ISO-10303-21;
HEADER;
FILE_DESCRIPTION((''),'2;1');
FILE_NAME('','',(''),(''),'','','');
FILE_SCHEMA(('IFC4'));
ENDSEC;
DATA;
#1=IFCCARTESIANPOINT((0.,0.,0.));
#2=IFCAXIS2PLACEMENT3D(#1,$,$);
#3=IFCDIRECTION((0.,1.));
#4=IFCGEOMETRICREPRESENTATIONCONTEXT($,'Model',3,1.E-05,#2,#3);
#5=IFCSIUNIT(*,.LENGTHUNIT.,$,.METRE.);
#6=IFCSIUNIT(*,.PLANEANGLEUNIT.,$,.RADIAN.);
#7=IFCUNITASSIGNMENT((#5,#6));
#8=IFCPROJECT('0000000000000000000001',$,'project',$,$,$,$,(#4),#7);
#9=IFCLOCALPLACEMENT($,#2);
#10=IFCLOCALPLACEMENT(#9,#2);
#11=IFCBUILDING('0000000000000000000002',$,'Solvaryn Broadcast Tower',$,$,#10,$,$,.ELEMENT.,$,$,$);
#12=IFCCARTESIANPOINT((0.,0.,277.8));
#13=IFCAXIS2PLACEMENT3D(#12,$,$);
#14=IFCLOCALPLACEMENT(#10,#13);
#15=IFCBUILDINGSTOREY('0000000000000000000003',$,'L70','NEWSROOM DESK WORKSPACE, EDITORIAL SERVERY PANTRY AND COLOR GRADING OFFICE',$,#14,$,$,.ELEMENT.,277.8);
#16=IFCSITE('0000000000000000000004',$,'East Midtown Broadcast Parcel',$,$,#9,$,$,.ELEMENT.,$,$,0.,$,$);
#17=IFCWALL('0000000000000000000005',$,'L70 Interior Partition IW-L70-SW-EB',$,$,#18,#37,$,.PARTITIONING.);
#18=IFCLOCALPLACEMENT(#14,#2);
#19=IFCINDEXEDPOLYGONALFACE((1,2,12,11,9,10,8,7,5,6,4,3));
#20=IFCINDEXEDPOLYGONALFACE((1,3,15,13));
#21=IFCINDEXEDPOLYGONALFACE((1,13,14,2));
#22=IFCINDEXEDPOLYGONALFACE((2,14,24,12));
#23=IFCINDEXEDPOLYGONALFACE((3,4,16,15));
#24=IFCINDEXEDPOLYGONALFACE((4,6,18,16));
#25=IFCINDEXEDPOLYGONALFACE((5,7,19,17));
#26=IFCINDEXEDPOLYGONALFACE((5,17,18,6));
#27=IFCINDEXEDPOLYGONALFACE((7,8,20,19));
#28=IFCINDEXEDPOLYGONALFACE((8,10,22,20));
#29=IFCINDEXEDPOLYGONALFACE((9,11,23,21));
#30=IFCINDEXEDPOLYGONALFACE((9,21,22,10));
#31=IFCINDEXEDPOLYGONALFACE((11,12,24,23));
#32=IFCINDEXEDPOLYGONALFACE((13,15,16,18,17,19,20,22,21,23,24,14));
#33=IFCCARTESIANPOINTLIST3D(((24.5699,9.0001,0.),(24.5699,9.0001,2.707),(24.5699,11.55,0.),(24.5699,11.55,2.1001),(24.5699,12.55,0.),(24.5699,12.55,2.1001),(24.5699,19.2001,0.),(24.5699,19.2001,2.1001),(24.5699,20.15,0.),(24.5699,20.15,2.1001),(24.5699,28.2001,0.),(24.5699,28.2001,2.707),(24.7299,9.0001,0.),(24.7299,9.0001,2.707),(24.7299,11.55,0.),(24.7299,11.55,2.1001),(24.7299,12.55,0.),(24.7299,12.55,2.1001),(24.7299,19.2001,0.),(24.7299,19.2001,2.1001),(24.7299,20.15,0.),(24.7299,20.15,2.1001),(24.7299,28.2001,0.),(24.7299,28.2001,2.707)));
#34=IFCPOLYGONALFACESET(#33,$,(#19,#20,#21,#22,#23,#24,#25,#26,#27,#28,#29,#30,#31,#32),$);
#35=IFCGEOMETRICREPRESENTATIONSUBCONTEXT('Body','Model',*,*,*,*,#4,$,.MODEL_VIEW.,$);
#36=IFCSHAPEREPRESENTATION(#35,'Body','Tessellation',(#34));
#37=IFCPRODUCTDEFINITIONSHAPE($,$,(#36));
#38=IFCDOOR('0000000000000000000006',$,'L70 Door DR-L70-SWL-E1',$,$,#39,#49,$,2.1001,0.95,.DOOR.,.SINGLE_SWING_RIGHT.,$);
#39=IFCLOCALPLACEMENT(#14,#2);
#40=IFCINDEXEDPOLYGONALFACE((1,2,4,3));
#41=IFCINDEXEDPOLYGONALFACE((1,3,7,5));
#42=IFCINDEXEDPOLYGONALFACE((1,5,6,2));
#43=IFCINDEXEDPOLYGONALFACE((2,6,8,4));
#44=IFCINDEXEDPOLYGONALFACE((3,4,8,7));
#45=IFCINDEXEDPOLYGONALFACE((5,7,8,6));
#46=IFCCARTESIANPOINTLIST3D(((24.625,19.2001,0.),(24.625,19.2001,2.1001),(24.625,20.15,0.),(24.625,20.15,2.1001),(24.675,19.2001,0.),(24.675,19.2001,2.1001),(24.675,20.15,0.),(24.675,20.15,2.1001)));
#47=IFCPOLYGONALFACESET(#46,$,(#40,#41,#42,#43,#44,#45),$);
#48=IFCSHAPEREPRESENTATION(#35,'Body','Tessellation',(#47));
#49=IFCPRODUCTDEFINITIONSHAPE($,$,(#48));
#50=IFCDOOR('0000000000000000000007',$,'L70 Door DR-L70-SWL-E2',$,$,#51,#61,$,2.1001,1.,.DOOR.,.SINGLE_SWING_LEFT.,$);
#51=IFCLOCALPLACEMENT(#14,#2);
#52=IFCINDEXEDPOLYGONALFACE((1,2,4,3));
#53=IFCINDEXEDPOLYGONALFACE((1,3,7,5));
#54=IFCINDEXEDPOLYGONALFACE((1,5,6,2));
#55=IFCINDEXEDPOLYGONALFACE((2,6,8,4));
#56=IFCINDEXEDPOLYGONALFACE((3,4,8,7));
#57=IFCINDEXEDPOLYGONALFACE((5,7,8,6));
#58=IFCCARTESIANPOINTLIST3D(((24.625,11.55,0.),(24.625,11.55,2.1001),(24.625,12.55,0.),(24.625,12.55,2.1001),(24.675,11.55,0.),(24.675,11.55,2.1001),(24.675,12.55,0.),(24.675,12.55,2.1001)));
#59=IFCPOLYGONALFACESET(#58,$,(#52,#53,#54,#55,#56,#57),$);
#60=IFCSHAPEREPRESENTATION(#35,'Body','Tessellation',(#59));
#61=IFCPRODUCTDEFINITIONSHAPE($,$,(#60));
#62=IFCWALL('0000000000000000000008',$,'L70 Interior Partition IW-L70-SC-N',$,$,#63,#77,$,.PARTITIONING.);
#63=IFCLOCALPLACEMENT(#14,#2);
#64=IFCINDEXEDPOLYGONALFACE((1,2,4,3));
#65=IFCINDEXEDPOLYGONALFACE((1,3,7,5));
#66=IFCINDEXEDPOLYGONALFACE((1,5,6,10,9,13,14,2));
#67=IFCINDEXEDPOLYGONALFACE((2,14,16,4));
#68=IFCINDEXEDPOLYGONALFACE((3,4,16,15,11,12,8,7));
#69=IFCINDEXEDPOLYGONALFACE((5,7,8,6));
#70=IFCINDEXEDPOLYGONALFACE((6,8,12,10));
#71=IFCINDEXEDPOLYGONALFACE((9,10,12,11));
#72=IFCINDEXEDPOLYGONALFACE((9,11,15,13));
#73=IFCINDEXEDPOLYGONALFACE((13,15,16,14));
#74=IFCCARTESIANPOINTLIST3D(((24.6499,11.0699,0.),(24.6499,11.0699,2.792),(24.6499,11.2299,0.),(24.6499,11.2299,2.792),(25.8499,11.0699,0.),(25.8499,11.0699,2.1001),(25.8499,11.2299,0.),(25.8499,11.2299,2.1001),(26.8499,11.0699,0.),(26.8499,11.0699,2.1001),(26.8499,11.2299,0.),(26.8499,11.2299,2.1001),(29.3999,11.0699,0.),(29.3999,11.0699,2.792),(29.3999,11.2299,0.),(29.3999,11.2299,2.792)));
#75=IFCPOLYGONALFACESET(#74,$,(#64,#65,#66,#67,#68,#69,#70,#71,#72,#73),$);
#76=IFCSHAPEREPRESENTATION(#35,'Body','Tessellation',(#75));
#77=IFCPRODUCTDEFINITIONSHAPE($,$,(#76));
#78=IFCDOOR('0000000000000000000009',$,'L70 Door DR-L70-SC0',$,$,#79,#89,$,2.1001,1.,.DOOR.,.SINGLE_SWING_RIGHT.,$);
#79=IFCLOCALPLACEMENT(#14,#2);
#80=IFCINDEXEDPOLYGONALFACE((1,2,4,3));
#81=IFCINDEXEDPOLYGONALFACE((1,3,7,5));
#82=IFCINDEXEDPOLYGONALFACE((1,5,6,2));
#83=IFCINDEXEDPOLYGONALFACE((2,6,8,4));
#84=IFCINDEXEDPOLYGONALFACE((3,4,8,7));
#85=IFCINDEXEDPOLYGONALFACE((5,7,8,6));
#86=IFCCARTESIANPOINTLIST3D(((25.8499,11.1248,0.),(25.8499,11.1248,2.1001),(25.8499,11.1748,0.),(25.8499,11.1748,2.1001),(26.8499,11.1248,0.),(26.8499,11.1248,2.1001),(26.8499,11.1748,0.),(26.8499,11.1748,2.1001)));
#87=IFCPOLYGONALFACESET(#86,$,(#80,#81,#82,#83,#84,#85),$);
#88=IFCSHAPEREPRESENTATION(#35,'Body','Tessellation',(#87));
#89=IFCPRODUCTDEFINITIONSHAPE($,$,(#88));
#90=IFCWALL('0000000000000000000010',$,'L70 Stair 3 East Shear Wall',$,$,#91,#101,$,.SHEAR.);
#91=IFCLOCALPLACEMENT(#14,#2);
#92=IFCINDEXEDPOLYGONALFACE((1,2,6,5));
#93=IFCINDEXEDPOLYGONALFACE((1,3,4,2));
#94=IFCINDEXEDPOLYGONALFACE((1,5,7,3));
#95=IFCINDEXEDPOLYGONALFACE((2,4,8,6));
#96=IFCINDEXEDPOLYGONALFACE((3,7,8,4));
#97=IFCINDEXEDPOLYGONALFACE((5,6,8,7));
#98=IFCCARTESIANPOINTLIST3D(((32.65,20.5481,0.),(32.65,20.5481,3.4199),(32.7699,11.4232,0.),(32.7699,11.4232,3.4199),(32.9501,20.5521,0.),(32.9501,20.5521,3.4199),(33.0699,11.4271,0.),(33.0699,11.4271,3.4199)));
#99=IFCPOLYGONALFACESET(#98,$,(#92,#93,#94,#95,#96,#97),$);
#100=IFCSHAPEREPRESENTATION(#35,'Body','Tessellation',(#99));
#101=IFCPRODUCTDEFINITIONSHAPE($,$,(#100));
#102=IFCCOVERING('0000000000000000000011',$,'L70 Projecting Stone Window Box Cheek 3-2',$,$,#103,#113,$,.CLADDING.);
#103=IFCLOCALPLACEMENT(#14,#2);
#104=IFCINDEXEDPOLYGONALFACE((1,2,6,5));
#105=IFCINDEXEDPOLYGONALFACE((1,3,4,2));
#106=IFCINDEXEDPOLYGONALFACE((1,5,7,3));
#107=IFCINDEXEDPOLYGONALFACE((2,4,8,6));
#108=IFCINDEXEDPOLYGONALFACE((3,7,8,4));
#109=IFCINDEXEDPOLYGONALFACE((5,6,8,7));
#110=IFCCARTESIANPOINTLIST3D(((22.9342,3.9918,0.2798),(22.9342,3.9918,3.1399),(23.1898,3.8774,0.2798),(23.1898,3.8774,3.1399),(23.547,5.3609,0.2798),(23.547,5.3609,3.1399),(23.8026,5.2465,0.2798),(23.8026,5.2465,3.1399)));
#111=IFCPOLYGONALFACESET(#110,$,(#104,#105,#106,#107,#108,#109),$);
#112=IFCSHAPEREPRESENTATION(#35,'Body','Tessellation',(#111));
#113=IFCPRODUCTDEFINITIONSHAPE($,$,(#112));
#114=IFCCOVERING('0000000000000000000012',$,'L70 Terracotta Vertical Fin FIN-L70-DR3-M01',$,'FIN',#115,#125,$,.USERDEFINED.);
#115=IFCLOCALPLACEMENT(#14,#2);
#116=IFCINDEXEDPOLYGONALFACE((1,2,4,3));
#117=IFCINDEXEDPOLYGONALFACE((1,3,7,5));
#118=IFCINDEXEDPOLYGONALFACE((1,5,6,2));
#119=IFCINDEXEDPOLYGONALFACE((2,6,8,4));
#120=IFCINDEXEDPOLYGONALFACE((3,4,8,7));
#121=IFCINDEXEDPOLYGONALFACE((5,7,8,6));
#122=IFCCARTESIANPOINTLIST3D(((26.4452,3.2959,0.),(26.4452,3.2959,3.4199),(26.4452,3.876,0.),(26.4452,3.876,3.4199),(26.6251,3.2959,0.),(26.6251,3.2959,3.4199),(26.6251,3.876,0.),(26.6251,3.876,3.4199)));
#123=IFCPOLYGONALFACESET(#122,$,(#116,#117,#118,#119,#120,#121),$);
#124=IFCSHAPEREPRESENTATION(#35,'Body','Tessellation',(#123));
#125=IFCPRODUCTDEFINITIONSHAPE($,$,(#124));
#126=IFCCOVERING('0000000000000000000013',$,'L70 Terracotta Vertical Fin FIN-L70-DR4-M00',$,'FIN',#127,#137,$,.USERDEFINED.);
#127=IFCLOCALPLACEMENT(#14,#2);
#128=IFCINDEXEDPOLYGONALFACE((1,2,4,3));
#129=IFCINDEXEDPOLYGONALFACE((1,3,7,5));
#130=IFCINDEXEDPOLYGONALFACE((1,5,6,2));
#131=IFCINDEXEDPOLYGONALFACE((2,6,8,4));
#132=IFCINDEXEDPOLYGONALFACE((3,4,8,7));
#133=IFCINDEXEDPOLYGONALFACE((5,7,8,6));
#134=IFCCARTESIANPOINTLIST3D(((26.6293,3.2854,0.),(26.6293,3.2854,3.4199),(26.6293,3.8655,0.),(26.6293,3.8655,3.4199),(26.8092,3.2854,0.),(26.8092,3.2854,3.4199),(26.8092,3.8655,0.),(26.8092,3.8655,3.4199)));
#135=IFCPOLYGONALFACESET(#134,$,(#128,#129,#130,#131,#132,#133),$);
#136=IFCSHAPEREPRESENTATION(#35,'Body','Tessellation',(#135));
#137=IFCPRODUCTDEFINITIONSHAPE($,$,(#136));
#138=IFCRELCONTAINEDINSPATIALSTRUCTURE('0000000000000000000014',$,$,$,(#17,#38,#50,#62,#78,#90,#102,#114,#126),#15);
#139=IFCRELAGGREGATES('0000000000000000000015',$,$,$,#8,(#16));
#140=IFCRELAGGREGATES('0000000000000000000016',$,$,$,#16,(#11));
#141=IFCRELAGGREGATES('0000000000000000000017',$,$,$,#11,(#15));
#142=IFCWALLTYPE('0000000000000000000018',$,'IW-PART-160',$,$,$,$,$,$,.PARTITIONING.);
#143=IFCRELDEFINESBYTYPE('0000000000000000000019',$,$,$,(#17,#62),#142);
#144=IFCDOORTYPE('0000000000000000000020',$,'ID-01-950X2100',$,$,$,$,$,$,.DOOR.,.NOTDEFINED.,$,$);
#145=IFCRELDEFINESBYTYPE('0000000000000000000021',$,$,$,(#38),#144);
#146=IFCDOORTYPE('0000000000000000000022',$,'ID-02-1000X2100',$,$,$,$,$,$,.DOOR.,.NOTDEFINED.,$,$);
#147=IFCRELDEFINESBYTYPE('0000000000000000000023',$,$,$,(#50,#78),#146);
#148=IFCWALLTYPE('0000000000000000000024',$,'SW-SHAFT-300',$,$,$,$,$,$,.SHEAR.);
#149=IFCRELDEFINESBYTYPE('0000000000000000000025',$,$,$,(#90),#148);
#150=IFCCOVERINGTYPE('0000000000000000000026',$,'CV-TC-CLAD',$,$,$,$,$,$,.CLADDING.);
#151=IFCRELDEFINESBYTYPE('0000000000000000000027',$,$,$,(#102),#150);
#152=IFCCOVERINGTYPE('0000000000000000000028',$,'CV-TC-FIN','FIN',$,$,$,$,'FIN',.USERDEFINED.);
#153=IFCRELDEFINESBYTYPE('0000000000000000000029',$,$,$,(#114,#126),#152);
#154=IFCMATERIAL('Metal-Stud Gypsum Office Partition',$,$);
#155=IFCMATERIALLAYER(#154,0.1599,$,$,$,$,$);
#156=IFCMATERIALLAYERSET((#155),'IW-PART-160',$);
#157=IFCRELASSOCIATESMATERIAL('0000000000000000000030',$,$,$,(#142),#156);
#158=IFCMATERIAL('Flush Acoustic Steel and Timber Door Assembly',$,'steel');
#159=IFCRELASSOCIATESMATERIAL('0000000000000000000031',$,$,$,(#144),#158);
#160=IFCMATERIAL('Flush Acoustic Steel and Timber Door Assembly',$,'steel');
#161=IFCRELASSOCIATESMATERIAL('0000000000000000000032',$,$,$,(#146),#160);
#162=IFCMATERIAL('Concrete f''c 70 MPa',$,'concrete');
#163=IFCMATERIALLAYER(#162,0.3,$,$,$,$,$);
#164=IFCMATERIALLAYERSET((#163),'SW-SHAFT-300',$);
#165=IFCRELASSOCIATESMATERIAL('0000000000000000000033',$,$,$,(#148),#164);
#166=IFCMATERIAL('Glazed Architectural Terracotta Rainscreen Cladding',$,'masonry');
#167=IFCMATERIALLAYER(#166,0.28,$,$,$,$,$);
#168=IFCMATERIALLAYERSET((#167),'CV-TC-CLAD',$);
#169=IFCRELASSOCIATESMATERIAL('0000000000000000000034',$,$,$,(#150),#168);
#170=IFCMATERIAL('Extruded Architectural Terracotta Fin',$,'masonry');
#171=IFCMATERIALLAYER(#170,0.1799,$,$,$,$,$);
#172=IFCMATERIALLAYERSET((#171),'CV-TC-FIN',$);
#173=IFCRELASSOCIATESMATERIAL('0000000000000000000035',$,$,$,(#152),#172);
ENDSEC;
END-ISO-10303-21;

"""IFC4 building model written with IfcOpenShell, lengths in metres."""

from ifc_helpers import new_model, si_unit, direction, frame, frame_2d, origin, origin_2d, place, context, subcontext, project, spatial, rectangle, extrude, material, layer, layer_set, type_object, element, fill, save


model = new_model("IFC4")

# Units and contexts
model_context = context("Model", 3, precision=1e-05, world=origin(), true_north=direction((0.0, 1.0)))
body_context = subcontext(model_context, "Body", "Model", "MODEL_VIEW")
ifc_project = project(units=[si_unit("LENGTHUNIT", "METRE"), si_unit("PLANEANGLEUNIT", "RADIAN")], contexts=[model_context])

# Site, building, storey
site_placement = place(None, origin())
site = spatial("IfcSite", under=ifc_project, at=site_placement, Name="East Midtown Broadcast Parcel", CompositionType="ELEMENT", RefElevation=0.0)
building_placement = place(site_placement, origin())
building = spatial("IfcBuilding", under=site, at=building_placement, Name="Solvaryn Broadcast Tower", CompositionType="ELEMENT")
storey_placement = place(building_placement, frame((0.0, 0.0, 277.8)))
storey = spatial("IfcBuildingStorey", under=building, at=storey_placement, Name="L70", Description="NEWSROOM DESK WORKSPACE, EDITORIAL SERVERY PANTRY AND COLOR GRADING OFFICE", CompositionType="ELEMENT", Elevation=277.8)

# Wall, openings, doors
ifc_material_1 = material(Name="Metal-Stud Gypsum Office Partition")
ifc_layer_1 = layer(ifc_material_1, 0.1599)
ifc_layer_set_1 = layer_set([ifc_layer_1], Name="IW-PART-160")
wall_type_1 = type_object("IfcWallType", Name="IW-PART-160", PredefinedType="PARTITIONING", material=ifc_layer_set_1)
wall_1_placement = place(storey_placement, frame((24.6499, 9.0, 0.0), z_axis=(0.0, 0.0, 1.0), x_axis=(0.0, 1.0, 0.0)))
wall_1 = element("IfcWall", 1, at=wall_1_placement, inside=storey, type_object=wall_type_1, Name="L70 Interior Partition IW-L70-SW-EB", PredefinedType="PARTITIONING", context=body_context, shape_type="SweptSolid", body=[
    extrude(rectangle(XDim=19.2, YDim=0.1599, at=frame_2d((9.6001, 0.0))), origin(), (0.0, 0.0, 1.0), 2.707),
])
opening_1_placement = place(wall_1_placement, frame((10.2, 0.0, 0.0)))
opening_1 = element("IfcOpeningElement", 2, at=opening_1_placement, cuts=wall_1, PredefinedType="OPENING", context=body_context, shape_type="SweptSolid", body=[
    extrude(rectangle(XDim=0.95, YDim=2.1001, at=frame_2d((0.4751, 1.05))), frame((0.0, 0.0901, 0.0), z_axis=(0.0, -1.0, 0.0), x_axis=(1.0, 0.0, 0.0)), (0.0, 0.0, 1.0), 0.1799),
])
opening_2_placement = place(wall_1_placement, frame((2.55, 0.0, 0.0)))
opening_2 = element("IfcOpeningElement", 3, at=opening_2_placement, cuts=wall_1, PredefinedType="OPENING", context=body_context, shape_type="SweptSolid", body=[
    extrude(rectangle(XDim=1.0, YDim=2.1001, at=frame_2d((0.5, 1.05))), frame((0.0, 0.0901, 0.0), z_axis=(0.0, -1.0, 0.0), x_axis=(1.0, 0.0, 0.0)), (0.0, 0.0, 1.0), 0.1799),
])
ifc_material_2 = material(Name="Flush Acoustic Steel and Timber Door Assembly", Category="steel")
door_type_1 = type_object("IfcDoorType", Name="ID-01-950X2100", OperationType="NOTDEFINED", PredefinedType="DOOR", material=ifc_material_2)
door_1_placement = place(opening_1_placement, origin())
door_1 = element("IfcDoor", 4, at=door_1_placement, inside=storey, type_object=door_type_1, Name="L70 Door DR-L70-SWL-E1", OperationType="SINGLE_SWING_RIGHT", OverallHeight=2.1001, OverallWidth=0.95, PredefinedType="DOOR", context=body_context, shape_type="SweptSolid", body=[
    extrude(rectangle(XDim=0.95, YDim=2.1001, at=frame_2d((0.4751, 1.05))), frame((0.0, 0.0249, 0.0), z_axis=(0.0, -1.0, 0.0), x_axis=(1.0, 0.0, 0.0)), (0.0, 0.0, 1.0), 0.05),
])
fill(opening_1, door_1)
ifc_material_3 = material(Name="Flush Acoustic Steel and Timber Door Assembly", Category="steel")
door_type_2 = type_object("IfcDoorType", Name="ID-02-1000X2100", OperationType="NOTDEFINED", PredefinedType="DOOR", material=ifc_material_3)
door_2_placement = place(opening_2_placement, origin())
door_2 = element("IfcDoor", 5, at=door_2_placement, inside=storey, type_object=door_type_2, Name="L70 Door DR-L70-SWL-E2", OperationType="SINGLE_SWING_LEFT", OverallHeight=2.1001, OverallWidth=1.0, PredefinedType="DOOR", context=body_context, shape_type="SweptSolid", body=[
    extrude(rectangle(XDim=1.0, YDim=2.1001, at=frame_2d((0.5, 1.05))), frame((0.0, 0.0249, 0.0), z_axis=(0.0, -1.0, 0.0), x_axis=(1.0, 0.0, 0.0)), (0.0, 0.0, 1.0), 0.05),
])
fill(opening_2, door_2)

# Wall, opening, door
wall_2_placement = place(storey_placement, frame((24.6499, 11.1499, 0.0), z_axis=(0.0, 0.0, 1.0), x_axis=(1.0, 0.0, 0.0)))
wall_2 = element("IfcWall", 6, at=wall_2_placement, inside=storey, type_object=wall_type_1, Name="L70 Interior Partition IW-L70-SC-N", PredefinedType="PARTITIONING", context=body_context, shape_type="SweptSolid", body=[
    extrude(rectangle(XDim=4.75, YDim=0.1599, at=frame_2d((2.375, 0.0))), origin(), (0.0, 0.0, 1.0), 2.792),
])
opening_3_placement = place(wall_2_placement, frame((1.2, 0.0, 0.0)))
opening_3 = element("IfcOpeningElement", 7, at=opening_3_placement, cuts=wall_2, PredefinedType="OPENING", context=body_context, shape_type="SweptSolid", body=[
    extrude(rectangle(XDim=1.0, YDim=2.1001, at=frame_2d((0.5, 1.05))), frame((0.0, 0.0901, 0.0), z_axis=(0.0, -1.0, 0.0), x_axis=(1.0, 0.0, 0.0)), (0.0, 0.0, 1.0), 0.1799),
])
door_3_placement = place(opening_3_placement, origin())
door_3 = element("IfcDoor", 8, at=door_3_placement, inside=storey, type_object=door_type_2, Name="L70 Door DR-L70-SC0", OperationType="SINGLE_SWING_RIGHT", OverallHeight=2.1001, OverallWidth=1.0, PredefinedType="DOOR", context=body_context, shape_type="SweptSolid", body=[
    extrude(rectangle(XDim=1.0, YDim=2.1001, at=frame_2d((0.5, 1.05))), frame((0.0, 0.0249, 0.0), z_axis=(0.0, -1.0, 0.0), x_axis=(1.0, 0.0, 0.0)), (0.0, 0.0, 1.0), 0.05),
])
fill(opening_3, door_3)

# Wall
ifc_material_4 = material(Name="Concrete f'c 70 MPa", Category="concrete")
ifc_layer_2 = layer(ifc_material_4, 0.3)
ifc_layer_set_2 = layer_set([ifc_layer_2], Name="SW-SHAFT-300")
wall_type_2 = type_object("IfcWallType", Name="SW-SHAFT-300", PredefinedType="SHEAR", material=ifc_layer_set_2)
wall_3_placement = place(storey_placement, frame((32.9199, 11.425, 0.0), z_axis=(0.0, 0.0, 1.0), x_axis=(-0.013136, 0.999914, 0.0)))
element("IfcWall", 9, at=wall_3_placement, inside=storey, type_object=wall_type_2, Name="L70 Stair 3 East Shear Wall", PredefinedType="SHEAR", context=body_context, shape_type="SweptSolid", body=[
    extrude(rectangle(XDim=9.1257, YDim=0.3, at=frame_2d((4.563, 0.0))), origin(), (0.0, 0.0, 1.0), 3.4199),
])

# Coverings
ifc_material_5 = material(Name="Glazed Architectural Terracotta Rainscreen Cladding", Category="masonry")
ifc_layer_3 = layer(ifc_material_5, 0.28)
ifc_layer_set_3 = layer_set([ifc_layer_3], Name="CV-TC-CLAD")
covering_type_1 = type_object("IfcCoveringType", Name="CV-TC-CLAD", PredefinedType="CLADDING", material=ifc_layer_set_3)
covering_placement = place(storey_placement, frame((23.3684, 4.6191, 0.2798), z_axis=(0.0, 0.0, 1.0), x_axis=(0.912763, -0.40849, 0.0)))
element("IfcCovering", 10, at=covering_placement, inside=storey, type_object=covering_type_1, Name="L70 Projecting Stone Window Box Cheek 3-2", PredefinedType="CLADDING", context=body_context, shape_type="SweptSolid", body=[
    extrude(rectangle(XDim=0.28, YDim=1.5, at=origin_2d()), origin(), (0.0, 0.0, 1.0), 2.8601),
])
ifc_material_6 = material(Name="Extruded Architectural Terracotta Fin", Category="masonry")
ifc_layer_4 = layer(ifc_material_6, 0.1799)
ifc_layer_set_4 = layer_set([ifc_layer_4], Name="CV-TC-FIN")
covering_type_2 = type_object("IfcCoveringType", Name="CV-TC-FIN", Description="FIN", ElementType="FIN", PredefinedType="USERDEFINED", material=ifc_layer_set_4)
for number, where, z_axis, x_axis, name in (
    (11, (26.5352, 3.5859, 0.0), (0.0, 0.0, 1.0), (1.0, 0.0, 0.0), "L70 Terracotta Vertical Fin FIN-L70-DR3-M01"),
    (12, (26.7192, 3.5754, 0.0), (0.0, 0.0, 1.0), (1.0, 0.0, 0.0), "L70 Terracotta Vertical Fin FIN-L70-DR4-M00"),
):
    element("IfcCovering", number, at=place(storey_placement, frame(where, z_axis=z_axis, x_axis=x_axis)), inside=storey, type_object=covering_type_2, Name=name, ObjectType="FIN", PredefinedType="USERDEFINED", context=body_context, shape_type="SweptSolid", body=[
        extrude(rectangle(XDim=0.1799, YDim=0.5801, at=origin_2d()), origin(), (0.0, 0.0, 1.0), 3.4199),
    ])

save(model, "model.ifc")
